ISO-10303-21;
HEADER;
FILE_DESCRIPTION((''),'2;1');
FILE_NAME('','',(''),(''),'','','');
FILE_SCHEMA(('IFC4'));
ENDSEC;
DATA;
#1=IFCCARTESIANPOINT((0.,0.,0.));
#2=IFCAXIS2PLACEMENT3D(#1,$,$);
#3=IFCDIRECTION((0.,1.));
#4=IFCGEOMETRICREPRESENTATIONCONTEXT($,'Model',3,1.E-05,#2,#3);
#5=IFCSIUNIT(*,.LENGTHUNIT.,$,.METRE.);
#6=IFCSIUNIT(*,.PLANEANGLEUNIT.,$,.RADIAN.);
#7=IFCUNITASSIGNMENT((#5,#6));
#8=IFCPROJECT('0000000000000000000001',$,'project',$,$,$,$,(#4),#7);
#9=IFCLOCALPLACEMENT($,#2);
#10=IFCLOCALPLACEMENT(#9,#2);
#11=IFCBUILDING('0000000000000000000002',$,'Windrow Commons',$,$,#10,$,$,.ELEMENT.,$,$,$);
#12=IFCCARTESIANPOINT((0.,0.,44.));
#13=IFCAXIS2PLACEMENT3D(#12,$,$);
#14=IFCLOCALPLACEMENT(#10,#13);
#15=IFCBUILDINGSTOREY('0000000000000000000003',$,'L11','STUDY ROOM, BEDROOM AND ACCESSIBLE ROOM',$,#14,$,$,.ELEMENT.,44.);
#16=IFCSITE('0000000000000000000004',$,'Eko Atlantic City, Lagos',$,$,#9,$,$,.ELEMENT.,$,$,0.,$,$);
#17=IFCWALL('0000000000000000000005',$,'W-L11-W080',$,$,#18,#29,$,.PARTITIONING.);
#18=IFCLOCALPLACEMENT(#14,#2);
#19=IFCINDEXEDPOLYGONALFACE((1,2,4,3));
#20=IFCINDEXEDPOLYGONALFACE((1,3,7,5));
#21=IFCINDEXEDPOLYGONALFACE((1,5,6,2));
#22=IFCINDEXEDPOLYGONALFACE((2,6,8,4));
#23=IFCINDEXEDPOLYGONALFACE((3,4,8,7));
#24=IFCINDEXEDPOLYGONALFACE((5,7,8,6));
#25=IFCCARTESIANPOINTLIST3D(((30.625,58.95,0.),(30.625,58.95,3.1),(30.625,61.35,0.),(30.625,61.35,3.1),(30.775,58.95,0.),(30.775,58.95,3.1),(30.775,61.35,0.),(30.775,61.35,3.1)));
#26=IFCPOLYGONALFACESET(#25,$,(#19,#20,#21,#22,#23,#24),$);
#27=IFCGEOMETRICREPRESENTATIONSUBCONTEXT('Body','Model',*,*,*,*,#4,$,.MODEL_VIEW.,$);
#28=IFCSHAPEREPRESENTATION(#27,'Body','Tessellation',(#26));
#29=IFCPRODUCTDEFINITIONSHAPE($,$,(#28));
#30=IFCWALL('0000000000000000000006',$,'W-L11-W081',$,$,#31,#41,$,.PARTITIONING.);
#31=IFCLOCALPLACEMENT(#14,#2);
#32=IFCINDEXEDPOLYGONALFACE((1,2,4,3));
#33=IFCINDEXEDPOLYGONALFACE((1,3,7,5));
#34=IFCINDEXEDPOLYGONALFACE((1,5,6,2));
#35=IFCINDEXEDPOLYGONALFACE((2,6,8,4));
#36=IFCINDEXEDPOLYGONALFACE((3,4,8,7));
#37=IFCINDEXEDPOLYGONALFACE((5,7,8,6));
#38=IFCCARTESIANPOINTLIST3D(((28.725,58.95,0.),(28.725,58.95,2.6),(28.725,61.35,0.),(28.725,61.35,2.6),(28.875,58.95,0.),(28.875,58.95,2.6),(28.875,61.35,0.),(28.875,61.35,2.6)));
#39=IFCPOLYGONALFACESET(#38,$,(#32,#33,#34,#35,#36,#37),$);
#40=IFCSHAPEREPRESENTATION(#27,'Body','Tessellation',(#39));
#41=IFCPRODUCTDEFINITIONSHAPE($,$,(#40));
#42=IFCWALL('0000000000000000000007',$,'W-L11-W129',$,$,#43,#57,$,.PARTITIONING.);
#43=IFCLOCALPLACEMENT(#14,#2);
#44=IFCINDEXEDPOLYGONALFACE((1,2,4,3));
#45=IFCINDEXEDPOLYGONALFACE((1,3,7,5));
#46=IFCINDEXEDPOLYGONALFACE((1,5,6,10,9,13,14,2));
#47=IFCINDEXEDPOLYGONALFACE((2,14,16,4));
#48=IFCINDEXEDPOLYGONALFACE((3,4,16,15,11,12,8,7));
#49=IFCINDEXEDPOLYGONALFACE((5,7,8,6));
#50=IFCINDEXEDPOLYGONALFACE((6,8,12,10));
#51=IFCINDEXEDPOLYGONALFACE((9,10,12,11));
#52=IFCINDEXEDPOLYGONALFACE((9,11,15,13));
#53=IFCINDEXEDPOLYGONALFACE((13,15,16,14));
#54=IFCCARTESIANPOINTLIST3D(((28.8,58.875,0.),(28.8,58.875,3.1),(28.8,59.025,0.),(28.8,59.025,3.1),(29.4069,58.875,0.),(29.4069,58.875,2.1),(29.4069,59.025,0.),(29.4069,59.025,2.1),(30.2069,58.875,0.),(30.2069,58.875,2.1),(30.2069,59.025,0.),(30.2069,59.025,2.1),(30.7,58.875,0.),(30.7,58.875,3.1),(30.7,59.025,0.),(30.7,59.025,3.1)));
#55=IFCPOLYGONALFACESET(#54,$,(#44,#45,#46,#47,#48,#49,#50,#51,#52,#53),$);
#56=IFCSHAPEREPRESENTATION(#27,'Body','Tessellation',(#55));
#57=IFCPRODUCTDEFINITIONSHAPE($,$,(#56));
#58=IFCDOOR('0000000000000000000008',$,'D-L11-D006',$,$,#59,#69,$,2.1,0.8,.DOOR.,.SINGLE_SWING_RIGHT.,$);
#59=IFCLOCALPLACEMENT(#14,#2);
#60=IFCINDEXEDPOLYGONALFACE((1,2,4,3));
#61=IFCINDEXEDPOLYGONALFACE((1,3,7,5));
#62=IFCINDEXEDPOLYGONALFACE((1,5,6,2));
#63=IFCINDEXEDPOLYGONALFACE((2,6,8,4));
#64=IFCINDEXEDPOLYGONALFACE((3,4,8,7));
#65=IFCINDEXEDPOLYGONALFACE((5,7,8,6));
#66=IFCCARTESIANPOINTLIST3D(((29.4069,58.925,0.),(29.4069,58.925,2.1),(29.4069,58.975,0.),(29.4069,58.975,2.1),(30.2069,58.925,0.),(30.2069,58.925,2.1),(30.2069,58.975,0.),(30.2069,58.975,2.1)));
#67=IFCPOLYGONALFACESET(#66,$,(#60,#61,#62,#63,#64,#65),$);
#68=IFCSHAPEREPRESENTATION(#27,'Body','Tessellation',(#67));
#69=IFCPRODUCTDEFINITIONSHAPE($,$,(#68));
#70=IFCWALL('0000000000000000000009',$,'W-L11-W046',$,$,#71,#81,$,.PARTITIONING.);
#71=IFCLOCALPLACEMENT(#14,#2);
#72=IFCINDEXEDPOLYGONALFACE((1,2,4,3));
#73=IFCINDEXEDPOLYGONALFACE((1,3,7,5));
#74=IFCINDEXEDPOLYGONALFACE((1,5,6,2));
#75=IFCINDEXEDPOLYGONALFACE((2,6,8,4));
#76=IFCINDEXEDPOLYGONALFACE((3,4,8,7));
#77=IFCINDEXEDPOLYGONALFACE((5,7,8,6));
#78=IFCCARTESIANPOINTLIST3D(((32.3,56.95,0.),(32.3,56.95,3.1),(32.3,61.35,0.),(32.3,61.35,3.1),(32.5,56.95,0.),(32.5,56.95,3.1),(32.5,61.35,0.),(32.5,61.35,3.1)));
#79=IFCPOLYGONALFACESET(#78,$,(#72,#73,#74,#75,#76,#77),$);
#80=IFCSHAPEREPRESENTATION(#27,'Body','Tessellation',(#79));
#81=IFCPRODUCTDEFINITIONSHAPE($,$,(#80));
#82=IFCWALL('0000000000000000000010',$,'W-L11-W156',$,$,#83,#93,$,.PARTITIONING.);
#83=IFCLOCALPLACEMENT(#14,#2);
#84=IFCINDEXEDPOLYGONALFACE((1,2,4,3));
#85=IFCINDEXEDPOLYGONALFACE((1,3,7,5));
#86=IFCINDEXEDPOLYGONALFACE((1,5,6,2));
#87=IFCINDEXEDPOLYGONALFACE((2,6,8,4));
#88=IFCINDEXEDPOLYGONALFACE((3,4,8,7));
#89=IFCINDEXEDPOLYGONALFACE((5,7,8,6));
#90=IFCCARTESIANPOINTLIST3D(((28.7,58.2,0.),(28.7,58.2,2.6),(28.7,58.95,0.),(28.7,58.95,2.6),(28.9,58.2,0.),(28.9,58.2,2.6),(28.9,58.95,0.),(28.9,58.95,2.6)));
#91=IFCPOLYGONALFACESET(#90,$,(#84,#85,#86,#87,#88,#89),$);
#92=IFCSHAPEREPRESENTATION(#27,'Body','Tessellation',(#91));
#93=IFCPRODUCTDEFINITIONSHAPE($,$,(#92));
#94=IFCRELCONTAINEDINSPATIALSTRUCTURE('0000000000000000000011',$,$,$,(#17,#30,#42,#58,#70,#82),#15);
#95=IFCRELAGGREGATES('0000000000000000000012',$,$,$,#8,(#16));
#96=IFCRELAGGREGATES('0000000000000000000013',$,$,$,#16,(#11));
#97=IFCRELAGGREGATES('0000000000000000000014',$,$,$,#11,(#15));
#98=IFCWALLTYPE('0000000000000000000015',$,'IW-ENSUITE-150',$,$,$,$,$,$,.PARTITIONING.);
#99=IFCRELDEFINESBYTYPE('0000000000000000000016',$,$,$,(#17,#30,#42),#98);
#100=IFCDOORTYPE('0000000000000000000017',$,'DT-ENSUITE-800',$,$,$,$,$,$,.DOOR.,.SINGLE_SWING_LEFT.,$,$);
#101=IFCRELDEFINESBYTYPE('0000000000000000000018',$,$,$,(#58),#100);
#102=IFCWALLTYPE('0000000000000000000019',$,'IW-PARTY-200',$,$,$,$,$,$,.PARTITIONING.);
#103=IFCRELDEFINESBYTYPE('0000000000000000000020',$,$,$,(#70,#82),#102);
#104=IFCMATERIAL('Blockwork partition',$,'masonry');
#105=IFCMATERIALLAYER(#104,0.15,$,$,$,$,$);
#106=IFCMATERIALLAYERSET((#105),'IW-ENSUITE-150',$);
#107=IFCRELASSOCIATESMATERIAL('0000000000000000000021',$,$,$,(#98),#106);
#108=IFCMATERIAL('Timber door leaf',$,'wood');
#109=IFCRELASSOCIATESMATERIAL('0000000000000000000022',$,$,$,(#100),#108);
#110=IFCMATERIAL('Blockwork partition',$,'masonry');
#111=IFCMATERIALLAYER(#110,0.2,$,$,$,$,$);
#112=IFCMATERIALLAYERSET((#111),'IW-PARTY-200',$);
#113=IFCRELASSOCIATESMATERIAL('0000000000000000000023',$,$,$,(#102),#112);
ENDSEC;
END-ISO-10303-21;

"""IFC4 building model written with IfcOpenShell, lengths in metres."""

from ifc_helpers import new_model, si_unit, direction, frame, frame_2d, origin, place, context, subcontext, project, spatial, rectangle, extrude, material, layer, layer_set, type_object, element, fill, save


model = new_model("IFC4")

# Units and contexts
model_context = context("Model", 3, precision=1e-05, world=origin(), true_north=direction((0.0, 1.0)))
body_context = subcontext(model_context, "Body", "Model", "MODEL_VIEW")
ifc_project = project(units=[si_unit("LENGTHUNIT", "METRE"), si_unit("PLANEANGLEUNIT", "RADIAN")], contexts=[model_context])

# Site, building, storey
site_placement = place(None, origin())
site = spatial("IfcSite", under=ifc_project, at=site_placement, Name="Eko Atlantic City, Lagos", CompositionType="ELEMENT", RefElevation=0.0)
building_placement = place(site_placement, origin())
building = spatial("IfcBuilding", under=site, at=building_placement, Name="Windrow Commons", CompositionType="ELEMENT")
storey_placement = place(building_placement, frame((0.0, 0.0, 44.0)))
storey = spatial("IfcBuildingStorey", under=building, at=storey_placement, Name="L11", Description="STUDY ROOM, BEDROOM AND ACCESSIBLE ROOM", CompositionType="ELEMENT", Elevation=44.0)

# Walls
ifc_material_1 = material(Name="Blockwork partition", Category="masonry")
ifc_layer_1 = layer(ifc_material_1, 0.15)
ifc_layer_set_1 = layer_set([ifc_layer_1], Name="IW-ENSUITE-150")
wall_type_1 = type_object("IfcWallType", Name="IW-ENSUITE-150", PredefinedType="PARTITIONING", material=ifc_layer_set_1)
wall_1_placement = place(storey_placement, frame((30.7, 58.95, 0.0), z_axis=(0.0, 0.0, 1.0), x_axis=(0.0, 1.0, 0.0)))
element("IfcWall", 1, at=wall_1_placement, inside=storey, type_object=wall_type_1, Name="W-L11-W080", PredefinedType="PARTITIONING", context=body_context, shape_type="SweptSolid", body=[
    extrude(rectangle(XDim=2.4, YDim=0.15, at=frame_2d((1.2, 0.0))), origin(), (0.0, 0.0, 1.0), 3.1),
])
wall_2_placement = place(storey_placement, frame((28.8, 58.95, 0.0), z_axis=(0.0, 0.0, 1.0), x_axis=(0.0, 1.0, 0.0)))
element("IfcWall", 2, at=wall_2_placement, inside=storey, type_object=wall_type_1, Name="W-L11-W081", PredefinedType="PARTITIONING", context=body_context, shape_type="SweptSolid", body=[
    extrude(rectangle(XDim=2.4, YDim=0.15, at=frame_2d((1.2, 0.0))), origin(), (0.0, 0.0, 1.0), 2.6),
])

# Wall, opening, door
wall_3_placement = place(storey_placement, frame((28.8, 58.95, 0.0), z_axis=(0.0, 0.0, 1.0), x_axis=(1.0, 0.0, 0.0)))
wall_3 = element("IfcWall", 3, at=wall_3_placement, inside=storey, type_object=wall_type_1, Name="W-L11-W129", PredefinedType="PARTITIONING", context=body_context, shape_type="SweptSolid", body=[
    extrude(rectangle(XDim=1.9, YDim=0.15, at=frame_2d((0.95, 0.0))), origin(), (0.0, 0.0, 1.0), 3.1),
])
opening_1_placement = place(wall_3_placement, frame((0.6069, 0.0, 0.0)))
opening_1 = element("IfcOpeningElement", 4, at=opening_1_placement, cuts=wall_3, PredefinedType="OPENING", context=body_context, shape_type="SweptSolid", body=[
    extrude(rectangle(XDim=0.8, YDim=2.1, at=frame_2d((0.4, 1.05))), frame((0.0, 0.085, 0.0), z_axis=(0.0, -1.0, 0.0), x_axis=(1.0, 0.0, 0.0)), (0.0, 0.0, 1.0), 0.17),
])
ifc_material_2 = material(Name="Timber door leaf", Category="wood")
door_type = type_object("IfcDoorType", Name="DT-ENSUITE-800", OperationType="SINGLE_SWING_LEFT", PredefinedType="DOOR", material=ifc_material_2)
door_placement = place(opening_1_placement, origin())
door = element("IfcDoor", 5, at=door_placement, inside=storey, type_object=door_type, Name="D-L11-D006", OperationType="SINGLE_SWING_RIGHT", OverallHeight=2.1, OverallWidth=0.8, PredefinedType="DOOR", context=body_context, shape_type="SweptSolid", body=[
    extrude(rectangle(XDim=0.8, YDim=2.1, at=frame_2d((0.4, 1.05))), frame((0.0, 0.025, 0.0), z_axis=(0.0, -1.0, 0.0), x_axis=(1.0, 0.0, 0.0)), (0.0, 0.0, 1.0), 0.05),
])
fill(opening_1, door)

# Walls
ifc_material_3 = material(Name="Blockwork partition", Category="masonry")
ifc_layer_2 = layer(ifc_material_3, 0.2)
ifc_layer_set_2 = layer_set([ifc_layer_2], Name="IW-PARTY-200")
wall_type_2 = type_object("IfcWallType", Name="IW-PARTY-200", PredefinedType="PARTITIONING", material=ifc_layer_set_2)
wall_4_placement = place(storey_placement, frame((32.4, 56.95, 0.0), z_axis=(0.0, 0.0, 1.0), x_axis=(0.0, 1.0, 0.0)))
element("IfcWall", 6, at=wall_4_placement, inside=storey, type_object=wall_type_2, Name="W-L11-W046", PredefinedType="PARTITIONING", context=body_context, shape_type="SweptSolid", body=[
    extrude(rectangle(XDim=4.4, YDim=0.2, at=frame_2d((2.2, 0.0))), origin(), (0.0, 0.0, 1.0), 3.1),
])
wall_5_placement = place(storey_placement, frame((28.8, 58.2, 0.0), z_axis=(0.0, 0.0, 1.0), x_axis=(0.0, 1.0, 0.0)))
element("IfcWall", 7, at=wall_5_placement, inside=storey, type_object=wall_type_2, Name="W-L11-W156", PredefinedType="PARTITIONING", context=body_context, shape_type="SweptSolid", body=[
    extrude(rectangle(XDim=0.75, YDim=0.2, at=frame_2d((0.375, 0.0))), origin(), (0.0, 0.0, 1.0), 2.6),
])

save(model, "model.ifc")
